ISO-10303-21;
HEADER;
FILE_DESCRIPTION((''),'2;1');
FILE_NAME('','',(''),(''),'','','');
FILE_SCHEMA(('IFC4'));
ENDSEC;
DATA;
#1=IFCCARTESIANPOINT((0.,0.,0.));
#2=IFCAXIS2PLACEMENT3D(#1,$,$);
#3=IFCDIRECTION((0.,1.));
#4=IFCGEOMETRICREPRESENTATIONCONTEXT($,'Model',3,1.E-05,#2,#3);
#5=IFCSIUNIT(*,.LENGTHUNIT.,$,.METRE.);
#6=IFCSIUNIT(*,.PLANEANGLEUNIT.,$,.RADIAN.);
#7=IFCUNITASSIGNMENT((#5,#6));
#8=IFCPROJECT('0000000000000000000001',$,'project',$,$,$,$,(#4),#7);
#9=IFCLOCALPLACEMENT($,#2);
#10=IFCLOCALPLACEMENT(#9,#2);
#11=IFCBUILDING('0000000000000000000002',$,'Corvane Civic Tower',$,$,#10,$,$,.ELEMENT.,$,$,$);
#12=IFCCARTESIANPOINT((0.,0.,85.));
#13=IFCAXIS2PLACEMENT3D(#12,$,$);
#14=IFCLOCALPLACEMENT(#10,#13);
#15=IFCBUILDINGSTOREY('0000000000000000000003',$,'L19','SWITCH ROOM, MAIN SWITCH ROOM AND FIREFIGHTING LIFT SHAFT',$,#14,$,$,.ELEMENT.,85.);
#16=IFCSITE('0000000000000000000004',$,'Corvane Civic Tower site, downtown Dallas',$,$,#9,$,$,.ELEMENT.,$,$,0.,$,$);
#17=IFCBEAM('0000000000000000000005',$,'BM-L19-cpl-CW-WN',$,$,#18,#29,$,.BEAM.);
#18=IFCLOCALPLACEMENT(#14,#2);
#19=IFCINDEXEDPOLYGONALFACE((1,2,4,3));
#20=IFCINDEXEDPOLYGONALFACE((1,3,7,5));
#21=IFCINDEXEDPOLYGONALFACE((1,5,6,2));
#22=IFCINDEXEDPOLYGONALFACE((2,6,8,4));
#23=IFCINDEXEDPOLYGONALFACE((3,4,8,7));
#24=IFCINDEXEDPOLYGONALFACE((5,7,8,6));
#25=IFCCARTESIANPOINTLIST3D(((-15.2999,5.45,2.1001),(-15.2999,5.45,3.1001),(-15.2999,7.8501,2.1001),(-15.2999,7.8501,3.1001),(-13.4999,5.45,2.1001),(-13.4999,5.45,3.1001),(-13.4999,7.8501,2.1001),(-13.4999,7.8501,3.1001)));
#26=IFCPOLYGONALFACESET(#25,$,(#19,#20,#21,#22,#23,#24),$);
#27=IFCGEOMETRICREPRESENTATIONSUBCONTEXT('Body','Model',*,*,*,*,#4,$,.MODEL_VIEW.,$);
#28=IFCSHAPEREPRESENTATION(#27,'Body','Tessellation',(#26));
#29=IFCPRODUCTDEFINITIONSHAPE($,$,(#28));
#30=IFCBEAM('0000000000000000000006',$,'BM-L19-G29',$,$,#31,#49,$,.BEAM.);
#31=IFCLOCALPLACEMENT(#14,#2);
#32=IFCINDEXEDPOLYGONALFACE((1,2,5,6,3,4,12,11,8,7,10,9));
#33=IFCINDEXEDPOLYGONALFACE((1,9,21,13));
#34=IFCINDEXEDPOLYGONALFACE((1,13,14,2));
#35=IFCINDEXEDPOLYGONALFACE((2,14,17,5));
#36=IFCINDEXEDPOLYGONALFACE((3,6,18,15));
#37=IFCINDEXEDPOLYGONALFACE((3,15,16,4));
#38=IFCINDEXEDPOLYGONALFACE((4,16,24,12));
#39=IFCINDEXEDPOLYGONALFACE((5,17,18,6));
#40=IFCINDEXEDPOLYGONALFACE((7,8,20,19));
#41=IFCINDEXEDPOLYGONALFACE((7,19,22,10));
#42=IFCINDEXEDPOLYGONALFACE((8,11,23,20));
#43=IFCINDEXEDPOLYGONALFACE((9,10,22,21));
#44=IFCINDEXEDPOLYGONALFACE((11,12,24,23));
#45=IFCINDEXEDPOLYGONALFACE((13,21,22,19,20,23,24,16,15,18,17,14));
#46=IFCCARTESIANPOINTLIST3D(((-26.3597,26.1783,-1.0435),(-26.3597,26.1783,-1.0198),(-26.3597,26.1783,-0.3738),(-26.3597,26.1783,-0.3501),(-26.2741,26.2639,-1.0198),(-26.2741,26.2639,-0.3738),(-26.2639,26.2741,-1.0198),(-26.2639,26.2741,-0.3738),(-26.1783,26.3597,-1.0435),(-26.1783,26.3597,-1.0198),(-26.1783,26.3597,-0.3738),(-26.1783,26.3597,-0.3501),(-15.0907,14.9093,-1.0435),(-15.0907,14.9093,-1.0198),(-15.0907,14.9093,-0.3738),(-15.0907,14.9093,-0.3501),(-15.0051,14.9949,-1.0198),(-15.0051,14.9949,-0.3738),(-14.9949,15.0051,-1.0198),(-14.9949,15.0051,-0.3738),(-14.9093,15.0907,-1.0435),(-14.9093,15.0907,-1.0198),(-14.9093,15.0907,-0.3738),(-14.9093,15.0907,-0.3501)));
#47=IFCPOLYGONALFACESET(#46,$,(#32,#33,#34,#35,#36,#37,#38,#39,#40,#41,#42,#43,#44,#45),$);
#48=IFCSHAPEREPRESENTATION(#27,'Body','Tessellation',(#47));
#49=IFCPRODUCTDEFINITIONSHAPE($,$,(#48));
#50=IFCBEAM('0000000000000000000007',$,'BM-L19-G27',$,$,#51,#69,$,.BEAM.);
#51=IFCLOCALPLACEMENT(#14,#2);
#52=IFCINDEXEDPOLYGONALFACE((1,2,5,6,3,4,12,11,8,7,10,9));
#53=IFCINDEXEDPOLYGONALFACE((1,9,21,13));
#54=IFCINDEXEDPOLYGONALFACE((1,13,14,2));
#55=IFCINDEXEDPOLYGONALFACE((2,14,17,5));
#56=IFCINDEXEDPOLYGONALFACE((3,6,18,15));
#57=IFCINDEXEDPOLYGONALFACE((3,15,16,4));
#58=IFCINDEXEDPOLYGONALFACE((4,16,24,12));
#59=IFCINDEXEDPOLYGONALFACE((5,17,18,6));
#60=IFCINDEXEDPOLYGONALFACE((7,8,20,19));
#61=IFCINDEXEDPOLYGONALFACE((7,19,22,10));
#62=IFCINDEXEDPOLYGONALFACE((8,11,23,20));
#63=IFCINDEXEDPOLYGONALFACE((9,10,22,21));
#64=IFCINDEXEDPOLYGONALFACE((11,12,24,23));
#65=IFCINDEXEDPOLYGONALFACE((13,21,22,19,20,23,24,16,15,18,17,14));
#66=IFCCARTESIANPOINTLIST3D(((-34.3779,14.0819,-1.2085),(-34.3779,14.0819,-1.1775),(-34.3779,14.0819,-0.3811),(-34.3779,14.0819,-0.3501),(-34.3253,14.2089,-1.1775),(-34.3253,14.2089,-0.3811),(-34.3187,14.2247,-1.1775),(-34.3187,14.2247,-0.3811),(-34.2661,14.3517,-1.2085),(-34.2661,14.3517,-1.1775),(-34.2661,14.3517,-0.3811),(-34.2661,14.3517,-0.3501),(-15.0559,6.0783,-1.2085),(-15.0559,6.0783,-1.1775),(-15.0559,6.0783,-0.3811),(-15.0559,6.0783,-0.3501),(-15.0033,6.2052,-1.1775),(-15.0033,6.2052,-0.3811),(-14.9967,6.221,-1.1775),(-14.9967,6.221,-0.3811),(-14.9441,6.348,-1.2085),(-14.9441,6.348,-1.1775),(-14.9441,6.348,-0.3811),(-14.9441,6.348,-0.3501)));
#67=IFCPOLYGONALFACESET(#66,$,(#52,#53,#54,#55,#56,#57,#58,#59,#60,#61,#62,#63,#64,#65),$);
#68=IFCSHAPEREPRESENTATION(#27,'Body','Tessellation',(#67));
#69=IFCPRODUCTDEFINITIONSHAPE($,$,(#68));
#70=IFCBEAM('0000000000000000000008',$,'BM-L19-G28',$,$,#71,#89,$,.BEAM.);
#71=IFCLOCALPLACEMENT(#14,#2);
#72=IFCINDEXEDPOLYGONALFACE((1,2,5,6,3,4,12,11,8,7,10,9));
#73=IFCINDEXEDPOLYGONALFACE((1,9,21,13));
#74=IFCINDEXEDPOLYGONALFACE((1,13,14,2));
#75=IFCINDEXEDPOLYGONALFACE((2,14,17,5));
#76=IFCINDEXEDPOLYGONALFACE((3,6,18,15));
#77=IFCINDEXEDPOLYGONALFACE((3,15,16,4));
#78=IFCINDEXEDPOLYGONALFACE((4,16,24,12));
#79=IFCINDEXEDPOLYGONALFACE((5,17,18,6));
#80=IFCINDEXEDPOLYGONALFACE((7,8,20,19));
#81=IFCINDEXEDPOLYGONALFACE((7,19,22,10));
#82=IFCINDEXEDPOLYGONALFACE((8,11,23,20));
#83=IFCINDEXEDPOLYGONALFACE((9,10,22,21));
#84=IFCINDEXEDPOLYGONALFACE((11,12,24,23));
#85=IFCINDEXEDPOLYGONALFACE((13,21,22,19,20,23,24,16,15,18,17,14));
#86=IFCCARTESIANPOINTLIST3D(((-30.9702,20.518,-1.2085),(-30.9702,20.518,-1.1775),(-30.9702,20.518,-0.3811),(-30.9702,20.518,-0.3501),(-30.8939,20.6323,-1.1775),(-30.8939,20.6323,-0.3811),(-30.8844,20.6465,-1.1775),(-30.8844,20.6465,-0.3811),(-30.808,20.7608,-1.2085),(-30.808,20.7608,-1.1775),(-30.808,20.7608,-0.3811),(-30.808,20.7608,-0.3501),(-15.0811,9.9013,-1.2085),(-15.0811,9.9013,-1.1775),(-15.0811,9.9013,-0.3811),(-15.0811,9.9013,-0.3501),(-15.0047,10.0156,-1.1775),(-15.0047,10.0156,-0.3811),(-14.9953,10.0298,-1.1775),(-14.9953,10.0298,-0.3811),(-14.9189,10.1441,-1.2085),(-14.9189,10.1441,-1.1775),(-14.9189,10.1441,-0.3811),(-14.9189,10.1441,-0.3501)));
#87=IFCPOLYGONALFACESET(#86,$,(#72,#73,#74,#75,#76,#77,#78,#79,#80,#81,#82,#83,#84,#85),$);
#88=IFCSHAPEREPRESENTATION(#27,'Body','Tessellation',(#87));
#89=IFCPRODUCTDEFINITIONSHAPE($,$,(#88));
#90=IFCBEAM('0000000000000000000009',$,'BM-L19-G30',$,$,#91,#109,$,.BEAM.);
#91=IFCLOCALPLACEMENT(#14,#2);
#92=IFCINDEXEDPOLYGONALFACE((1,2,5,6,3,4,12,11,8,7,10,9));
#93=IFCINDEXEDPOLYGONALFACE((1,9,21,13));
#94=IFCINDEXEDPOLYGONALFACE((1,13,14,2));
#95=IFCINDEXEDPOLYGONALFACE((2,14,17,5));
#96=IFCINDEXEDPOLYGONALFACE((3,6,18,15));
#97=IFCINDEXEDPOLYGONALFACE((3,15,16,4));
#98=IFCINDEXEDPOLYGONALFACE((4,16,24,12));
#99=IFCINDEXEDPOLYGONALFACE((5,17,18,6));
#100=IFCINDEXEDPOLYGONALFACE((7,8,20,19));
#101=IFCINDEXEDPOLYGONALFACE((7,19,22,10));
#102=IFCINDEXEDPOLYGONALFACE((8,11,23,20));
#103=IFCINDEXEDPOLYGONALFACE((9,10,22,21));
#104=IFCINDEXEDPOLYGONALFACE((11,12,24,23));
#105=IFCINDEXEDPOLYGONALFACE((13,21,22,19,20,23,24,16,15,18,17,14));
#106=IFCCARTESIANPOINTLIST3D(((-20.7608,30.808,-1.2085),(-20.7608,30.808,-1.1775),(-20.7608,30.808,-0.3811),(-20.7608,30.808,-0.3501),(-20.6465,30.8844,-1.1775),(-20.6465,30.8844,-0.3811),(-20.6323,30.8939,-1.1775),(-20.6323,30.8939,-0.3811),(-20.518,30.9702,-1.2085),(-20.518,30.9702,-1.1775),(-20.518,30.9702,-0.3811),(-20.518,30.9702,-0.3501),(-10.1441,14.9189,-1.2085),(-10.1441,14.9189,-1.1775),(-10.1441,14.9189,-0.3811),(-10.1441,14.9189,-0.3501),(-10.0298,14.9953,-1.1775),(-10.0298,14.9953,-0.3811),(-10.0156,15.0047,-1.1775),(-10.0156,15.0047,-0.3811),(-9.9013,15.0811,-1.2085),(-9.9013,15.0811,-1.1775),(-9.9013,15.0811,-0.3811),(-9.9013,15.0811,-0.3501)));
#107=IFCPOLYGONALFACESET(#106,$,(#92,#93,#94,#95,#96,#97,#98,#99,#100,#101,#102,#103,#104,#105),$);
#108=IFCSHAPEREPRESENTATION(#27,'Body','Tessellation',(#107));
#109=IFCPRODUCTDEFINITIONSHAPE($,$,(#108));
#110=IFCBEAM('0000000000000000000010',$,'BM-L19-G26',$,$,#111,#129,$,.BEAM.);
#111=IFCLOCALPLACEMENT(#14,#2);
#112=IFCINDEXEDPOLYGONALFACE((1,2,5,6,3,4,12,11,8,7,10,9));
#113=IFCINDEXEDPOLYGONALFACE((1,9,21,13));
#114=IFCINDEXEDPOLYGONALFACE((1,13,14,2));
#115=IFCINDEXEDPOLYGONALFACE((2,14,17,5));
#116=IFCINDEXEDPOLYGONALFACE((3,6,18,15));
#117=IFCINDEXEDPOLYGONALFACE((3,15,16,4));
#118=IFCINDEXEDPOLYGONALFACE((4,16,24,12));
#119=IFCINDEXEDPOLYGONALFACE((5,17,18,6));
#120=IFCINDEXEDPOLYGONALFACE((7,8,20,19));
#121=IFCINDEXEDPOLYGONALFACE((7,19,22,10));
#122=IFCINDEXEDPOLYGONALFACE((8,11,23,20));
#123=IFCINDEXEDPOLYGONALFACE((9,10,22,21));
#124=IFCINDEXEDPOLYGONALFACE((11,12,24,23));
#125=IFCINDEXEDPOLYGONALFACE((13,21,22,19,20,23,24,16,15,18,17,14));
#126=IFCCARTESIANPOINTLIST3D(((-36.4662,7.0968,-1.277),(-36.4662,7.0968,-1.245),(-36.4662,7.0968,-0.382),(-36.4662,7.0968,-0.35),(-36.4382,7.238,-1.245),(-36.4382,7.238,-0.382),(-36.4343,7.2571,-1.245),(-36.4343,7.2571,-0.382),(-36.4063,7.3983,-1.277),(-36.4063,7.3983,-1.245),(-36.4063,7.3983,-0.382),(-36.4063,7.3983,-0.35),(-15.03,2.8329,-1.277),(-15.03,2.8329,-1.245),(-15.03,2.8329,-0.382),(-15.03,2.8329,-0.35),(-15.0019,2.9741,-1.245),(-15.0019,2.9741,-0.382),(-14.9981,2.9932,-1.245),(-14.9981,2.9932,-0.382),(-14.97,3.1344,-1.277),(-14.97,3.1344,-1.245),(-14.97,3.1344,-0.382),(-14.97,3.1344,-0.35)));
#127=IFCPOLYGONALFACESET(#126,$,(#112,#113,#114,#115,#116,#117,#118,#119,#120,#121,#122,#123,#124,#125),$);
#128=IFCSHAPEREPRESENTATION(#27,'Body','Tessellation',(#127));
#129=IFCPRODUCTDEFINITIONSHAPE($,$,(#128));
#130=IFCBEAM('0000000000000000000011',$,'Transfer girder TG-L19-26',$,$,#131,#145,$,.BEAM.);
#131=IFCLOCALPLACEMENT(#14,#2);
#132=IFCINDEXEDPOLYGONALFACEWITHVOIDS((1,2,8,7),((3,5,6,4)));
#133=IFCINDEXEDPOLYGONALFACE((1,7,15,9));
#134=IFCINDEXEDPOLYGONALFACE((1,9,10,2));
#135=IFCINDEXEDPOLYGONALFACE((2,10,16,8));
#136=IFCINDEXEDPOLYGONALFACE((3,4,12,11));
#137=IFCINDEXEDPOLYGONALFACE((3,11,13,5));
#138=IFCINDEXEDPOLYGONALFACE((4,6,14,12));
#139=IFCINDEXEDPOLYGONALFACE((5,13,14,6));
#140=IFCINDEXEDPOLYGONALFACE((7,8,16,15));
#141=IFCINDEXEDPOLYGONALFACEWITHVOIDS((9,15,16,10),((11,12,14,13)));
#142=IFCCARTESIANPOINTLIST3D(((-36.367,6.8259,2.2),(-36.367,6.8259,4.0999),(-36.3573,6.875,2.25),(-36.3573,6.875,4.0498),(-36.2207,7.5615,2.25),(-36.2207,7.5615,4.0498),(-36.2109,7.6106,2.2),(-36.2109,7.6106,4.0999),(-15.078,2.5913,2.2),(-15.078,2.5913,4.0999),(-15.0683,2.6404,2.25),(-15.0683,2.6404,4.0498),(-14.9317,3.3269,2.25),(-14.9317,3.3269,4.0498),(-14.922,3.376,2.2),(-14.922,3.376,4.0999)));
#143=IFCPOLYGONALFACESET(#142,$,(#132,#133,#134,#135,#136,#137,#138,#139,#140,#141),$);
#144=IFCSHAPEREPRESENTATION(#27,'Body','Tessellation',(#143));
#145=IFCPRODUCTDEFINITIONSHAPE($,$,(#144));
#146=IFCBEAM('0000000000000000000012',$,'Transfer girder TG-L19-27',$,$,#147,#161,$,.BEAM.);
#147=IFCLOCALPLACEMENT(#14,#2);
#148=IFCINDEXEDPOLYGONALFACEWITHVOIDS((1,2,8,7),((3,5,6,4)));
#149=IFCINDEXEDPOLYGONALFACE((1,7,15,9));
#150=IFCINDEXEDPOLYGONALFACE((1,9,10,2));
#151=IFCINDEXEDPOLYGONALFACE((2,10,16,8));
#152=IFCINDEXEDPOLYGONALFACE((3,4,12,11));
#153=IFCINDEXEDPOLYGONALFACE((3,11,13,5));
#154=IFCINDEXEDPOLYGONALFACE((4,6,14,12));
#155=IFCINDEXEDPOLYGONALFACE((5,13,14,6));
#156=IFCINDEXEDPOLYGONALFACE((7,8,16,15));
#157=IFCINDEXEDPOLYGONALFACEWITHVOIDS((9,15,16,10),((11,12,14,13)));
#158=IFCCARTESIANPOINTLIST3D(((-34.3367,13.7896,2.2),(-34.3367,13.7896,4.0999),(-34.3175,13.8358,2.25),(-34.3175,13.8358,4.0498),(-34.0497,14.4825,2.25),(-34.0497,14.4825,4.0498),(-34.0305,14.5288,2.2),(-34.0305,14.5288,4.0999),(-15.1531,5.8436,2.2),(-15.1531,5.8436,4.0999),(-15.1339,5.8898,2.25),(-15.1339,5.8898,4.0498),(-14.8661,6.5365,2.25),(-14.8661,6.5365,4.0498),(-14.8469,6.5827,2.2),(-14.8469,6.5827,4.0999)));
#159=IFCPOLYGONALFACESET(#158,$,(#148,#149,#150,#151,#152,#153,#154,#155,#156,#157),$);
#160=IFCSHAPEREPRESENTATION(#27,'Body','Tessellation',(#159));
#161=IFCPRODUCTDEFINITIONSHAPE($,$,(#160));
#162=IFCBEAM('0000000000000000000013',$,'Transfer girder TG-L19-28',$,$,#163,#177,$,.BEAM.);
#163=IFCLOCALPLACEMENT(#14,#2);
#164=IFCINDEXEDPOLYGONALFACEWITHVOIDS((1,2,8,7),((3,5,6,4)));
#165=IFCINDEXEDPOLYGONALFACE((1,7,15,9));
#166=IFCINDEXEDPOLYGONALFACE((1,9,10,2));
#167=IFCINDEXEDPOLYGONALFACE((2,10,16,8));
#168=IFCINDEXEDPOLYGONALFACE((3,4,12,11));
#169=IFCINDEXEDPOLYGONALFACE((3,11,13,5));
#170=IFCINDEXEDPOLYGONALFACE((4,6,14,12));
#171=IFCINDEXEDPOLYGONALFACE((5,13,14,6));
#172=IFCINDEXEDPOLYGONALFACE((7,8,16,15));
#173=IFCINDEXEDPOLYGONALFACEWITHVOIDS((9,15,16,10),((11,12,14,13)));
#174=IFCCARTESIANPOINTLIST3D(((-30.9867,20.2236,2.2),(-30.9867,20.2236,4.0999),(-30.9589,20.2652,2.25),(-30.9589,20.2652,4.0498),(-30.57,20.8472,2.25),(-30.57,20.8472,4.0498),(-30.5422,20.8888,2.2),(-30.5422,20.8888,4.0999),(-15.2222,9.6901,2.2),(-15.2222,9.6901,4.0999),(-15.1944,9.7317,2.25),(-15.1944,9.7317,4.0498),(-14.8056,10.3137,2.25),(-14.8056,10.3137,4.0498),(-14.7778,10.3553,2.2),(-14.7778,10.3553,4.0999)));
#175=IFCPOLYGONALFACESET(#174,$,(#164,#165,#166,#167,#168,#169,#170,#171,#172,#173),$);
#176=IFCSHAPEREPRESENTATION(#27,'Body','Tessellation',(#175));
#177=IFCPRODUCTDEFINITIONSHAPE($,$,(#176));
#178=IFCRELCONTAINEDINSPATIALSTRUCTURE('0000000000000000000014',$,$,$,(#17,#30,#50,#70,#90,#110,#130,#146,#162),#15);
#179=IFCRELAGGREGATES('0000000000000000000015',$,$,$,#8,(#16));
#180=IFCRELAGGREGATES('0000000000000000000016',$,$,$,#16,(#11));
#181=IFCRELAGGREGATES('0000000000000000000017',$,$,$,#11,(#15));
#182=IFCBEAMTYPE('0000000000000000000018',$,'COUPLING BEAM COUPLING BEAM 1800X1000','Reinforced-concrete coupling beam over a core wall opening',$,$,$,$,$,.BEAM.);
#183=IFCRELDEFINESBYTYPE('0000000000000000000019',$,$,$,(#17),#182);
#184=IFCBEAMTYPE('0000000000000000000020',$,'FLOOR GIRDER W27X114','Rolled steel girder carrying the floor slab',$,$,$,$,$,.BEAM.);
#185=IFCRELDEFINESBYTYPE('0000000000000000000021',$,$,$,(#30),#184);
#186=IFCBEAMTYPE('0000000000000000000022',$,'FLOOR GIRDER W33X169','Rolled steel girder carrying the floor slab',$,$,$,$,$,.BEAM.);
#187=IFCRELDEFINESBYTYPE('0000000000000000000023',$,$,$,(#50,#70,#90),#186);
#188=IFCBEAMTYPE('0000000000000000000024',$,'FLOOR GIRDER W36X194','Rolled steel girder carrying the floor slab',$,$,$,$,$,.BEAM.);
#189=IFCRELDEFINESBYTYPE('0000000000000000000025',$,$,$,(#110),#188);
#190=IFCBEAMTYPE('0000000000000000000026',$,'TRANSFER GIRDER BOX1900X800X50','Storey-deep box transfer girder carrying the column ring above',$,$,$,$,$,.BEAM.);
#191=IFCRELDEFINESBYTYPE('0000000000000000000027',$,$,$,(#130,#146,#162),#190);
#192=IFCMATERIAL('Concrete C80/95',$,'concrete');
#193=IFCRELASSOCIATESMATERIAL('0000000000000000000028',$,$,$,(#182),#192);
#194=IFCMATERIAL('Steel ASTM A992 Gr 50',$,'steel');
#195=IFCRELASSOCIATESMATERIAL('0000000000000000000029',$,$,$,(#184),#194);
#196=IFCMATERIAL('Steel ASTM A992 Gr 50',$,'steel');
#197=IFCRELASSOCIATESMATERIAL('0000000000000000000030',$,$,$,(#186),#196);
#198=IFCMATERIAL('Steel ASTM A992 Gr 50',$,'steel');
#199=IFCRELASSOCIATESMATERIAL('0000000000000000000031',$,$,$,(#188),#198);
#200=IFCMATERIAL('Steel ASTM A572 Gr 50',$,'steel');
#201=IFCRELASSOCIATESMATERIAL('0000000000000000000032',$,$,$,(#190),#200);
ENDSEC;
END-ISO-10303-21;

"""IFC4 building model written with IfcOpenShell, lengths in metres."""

from ifc_helpers import new_model, si_unit, direction, frame, origin, origin_2d, place, context, subcontext, project, spatial, rectangle, hollow_rectangle, i_section, extrude, material, material_profile, profile_set, type_object, element, save


model = new_model("IFC4")

# Units and contexts
model_context = context("Model", 3, precision=1e-05, world=origin(), true_north=direction((0.0, 1.0)))
body_context = subcontext(model_context, "Body", "Model", "MODEL_VIEW")
ifc_project = project(units=[si_unit("LENGTHUNIT", "METRE"), si_unit("PLANEANGLEUNIT", "RADIAN")], contexts=[model_context])

# Site, building, storey
site_placement = place(None, origin())
site = spatial("IfcSite", under=ifc_project, at=site_placement, Name="Corvane Civic Tower site, downtown Dallas", CompositionType="ELEMENT", RefElevation=0.0)
building_placement = place(site_placement, origin())
building = spatial("IfcBuilding", under=site, at=building_placement, Name="Corvane Civic Tower", CompositionType="ELEMENT")
storey_placement = place(building_placement, frame((0.0, 0.0, 85.0)))
storey = spatial("IfcBuildingStorey", under=building, at=storey_placement, Name="L19", Description="SWITCH ROOM, MAIN SWITCH ROOM AND FIREFIGHTING LIFT SHAFT", CompositionType="ELEMENT", Elevation=85.0)

# Beams
ifc_material_1 = material(Name="Concrete C80/95", Category="concrete")
ifc_material_profile_1 = material_profile(ifc_material_1, rectangle(XDim=1.8, YDim=1.0, at=origin_2d()), Name="COUPLING BEAM 1800X1000")
ifc_profile_set_1 = profile_set([ifc_material_profile_1], Name="Concrete C80/95")
beam_type_1 = type_object("IfcBeamType", Name="COUPLING BEAM COUPLING BEAM 1800X1000", Description="Reinforced-concrete coupling beam over a core wall opening", PredefinedType="BEAM", material=ifc_profile_set_1)
beam_1_placement = place(storey_placement, frame((-14.3999, 5.45, 2.6001), z_axis=(0.0, 1.0, 0.0), x_axis=(-1.0, 0.0, 0.0)))
element("IfcBeam", 1, at=beam_1_placement, inside=storey, type_object=beam_type_1, Name="BM-L19-cpl-CW-WN", PredefinedType="BEAM", context=body_context, shape_type="SweptSolid", body=[
    extrude(rectangle(XDim=1.8, YDim=1.0, at=origin_2d()), origin(), (0.0, 0.0, 1.0), 2.4001),
])
ifc_material_2 = material(Name="Steel ASTM A992 Gr 50", Category="steel")
ifc_material_profile_2 = material_profile(ifc_material_2, i_section(OverallWidth=0.2566, OverallDepth=0.6934, WebThickness=0.0144, FlangeThickness=0.0237, at=origin_2d()), Name="W27X114")
ifc_profile_set_2 = profile_set([ifc_material_profile_2], Name="Steel ASTM A992 Gr 50")
beam_type_2 = type_object("IfcBeamType", Name="FLOOR GIRDER W27X114", Description="Rolled steel girder carrying the floor slab", PredefinedType="BEAM", material=ifc_profile_set_2)
beam_2_placement = place(storey_placement, frame((-15.0, 15.0, -0.6968), z_axis=(-0.707107, 0.707107, 0.0), x_axis=(-0.707107, -0.707107, 0.0)))
element("IfcBeam", 2, at=beam_2_placement, inside=storey, type_object=beam_type_2, Name="BM-L19-G29", PredefinedType="BEAM", context=body_context, shape_type="SweptSolid", body=[
    extrude(i_section(OverallWidth=0.2566, OverallDepth=0.6934, WebThickness=0.0144, FlangeThickness=0.0237, at=origin_2d()), origin(), (0.0, 0.0, 1.0), 15.9368),
])
ifc_material_3 = material(Name="Steel ASTM A992 Gr 50", Category="steel")
ifc_material_profile_3 = material_profile(ifc_material_3, i_section(OverallWidth=0.292, OverallDepth=0.8584, WebThickness=0.0171, FlangeThickness=0.031, at=origin_2d()), Name="W33X169")
ifc_profile_set_3 = profile_set([ifc_material_profile_3], Name="Steel ASTM A992 Gr 50")
beam_type_3 = type_object("IfcBeamType", Name="FLOOR GIRDER W33X169", Description="Rolled steel girder carrying the floor slab", PredefinedType="BEAM", material=ifc_profile_set_3)
beam_3_placement = place(storey_placement, frame((-15.0, 6.2131, -0.7793), z_axis=(-0.923876, 0.382692, 0.0), x_axis=(-0.382692, -0.923876, 0.0)))
element("IfcBeam", 3, at=beam_3_placement, inside=storey, type_object=beam_type_3, Name="BM-L19-G27", PredefinedType="BEAM", context=body_context, shape_type="SweptSolid", body=[
    extrude(i_section(OverallWidth=0.292, OverallDepth=0.8584, WebThickness=0.0171, FlangeThickness=0.031, at=origin_2d()), origin(), (0.0, 0.0, 1.0), 20.9141),
])
for number, where, z_axis, x_axis, name in (
    (4, (-15.0, 10.0227, -0.7793), (-0.831472, 0.555567, 0.0), (-0.555567, -0.831472, 0.0), "BM-L19-G28"),
    (5, (-10.0227, 15.0, -0.7793), (-0.555567, 0.831472, 0.0), (-0.831472, -0.555567, 0.0), "BM-L19-G30"),
):
    element("IfcBeam", number, at=place(storey_placement, frame(where, z_axis=z_axis, x_axis=x_axis)), inside=storey, type_object=beam_type_3, Name=name, PredefinedType="BEAM", context=body_context, shape_type="SweptSolid", body=[
        extrude(i_section(OverallWidth=0.292, OverallDepth=0.8584, WebThickness=0.0171, FlangeThickness=0.031, at=origin_2d()), origin(), (0.0, 0.0, 1.0), 19.1096),
    ])
ifc_material_4 = material(Name="Steel ASTM A992 Gr 50", Category="steel")
ifc_material_profile_4 = material_profile(ifc_material_4, i_section(OverallWidth=0.3074, OverallDepth=0.927, WebThickness=0.0195, FlangeThickness=0.032, at=origin_2d()), Name="W36X194")
ifc_profile_set_4 = profile_set([ifc_material_profile_4], Name="Steel ASTM A992 Gr 50")
beam_type_4 = type_object("IfcBeamType", Name="FLOOR GIRDER W36X194", Description="Rolled steel girder carrying the floor slab", PredefinedType="BEAM", material=ifc_profile_set_4)
beam_4_placement = place(storey_placement, frame((-15.0, 2.9836, -0.8135), z_axis=(-0.980785, 0.195089, 0.0), x_axis=(-0.195089, -0.980785, 0.0)))
element("IfcBeam", 6, at=beam_4_placement, inside=storey, type_object=beam_type_4, Name="BM-L19-G26", PredefinedType="BEAM", context=body_context, shape_type="SweptSolid", body=[
    extrude(i_section(OverallWidth=0.3074, OverallDepth=0.927, WebThickness=0.0195, FlangeThickness=0.032, at=origin_2d()), origin(), (0.0, 0.0, 1.0), 21.8562),
])
ifc_material_5 = material(Name="Steel ASTM A572 Gr 50", Category="steel")
ifc_material_profile_5 = material_profile(ifc_material_5, hollow_rectangle(XDim=0.8, YDim=1.8999, WallThickness=0.05, at=origin_2d()), Name="BOX1900X800X50")
ifc_profile_set_5 = profile_set([ifc_material_profile_5], Name="Steel ASTM A572 Gr 50")
beam_type_5 = type_object("IfcBeamType", Name="TRANSFER GIRDER BOX1900X800X50", Description="Storey-deep box transfer girder carrying the column ring above", PredefinedType="BEAM", material=ifc_profile_set_5)
beam_5_placement = place(storey_placement, frame((-15.0, 2.9836, 3.1499), z_axis=(-0.980786, 0.195089, 0.0), x_axis=(-0.195089, -0.980786, 0.0)))
element("IfcBeam", 7, at=beam_5_placement, inside=storey, type_object=beam_type_5, Name="Transfer girder TG-L19-26", PredefinedType="BEAM", context=body_context, shape_type="SweptSolid", body=[
    extrude(hollow_rectangle(XDim=0.8, YDim=1.8999, WallThickness=0.05, at=origin_2d()), origin(), (0.0, 0.0, 1.0), 21.7061),
])
beam_6_placement = place(storey_placement, frame((-15.0, 6.2131, 3.1499), z_axis=(-0.923881, 0.382681, 0.0), x_axis=(-0.382681, -0.923881, 0.0)))
element("IfcBeam", 8, at=beam_6_placement, inside=storey, type_object=beam_type_5, Name="Transfer girder TG-L19-27", PredefinedType="BEAM", context=body_context, shape_type="SweptSolid", body=[
    extrude(hollow_rectangle(XDim=0.8, YDim=1.8999, WallThickness=0.05, at=origin_2d()), origin(), (0.0, 0.0, 1.0), 20.7642),
])
beam_7_placement = place(storey_placement, frame((-15.0, 10.0227, 3.1499), z_axis=(-0.831469, 0.555571, 0.0), x_axis=(-0.555571, -0.831469, 0.0)))
element("IfcBeam", 9, at=beam_7_placement, inside=storey, type_object=beam_type_5, Name="Transfer girder TG-L19-28", PredefinedType="BEAM", context=body_context, shape_type="SweptSolid", body=[
    extrude(hollow_rectangle(XDim=0.8, YDim=1.8999, WallThickness=0.05, at=origin_2d()), origin(), (0.0, 0.0, 1.0), 18.9597),
])

save(model, "model.ifc")
